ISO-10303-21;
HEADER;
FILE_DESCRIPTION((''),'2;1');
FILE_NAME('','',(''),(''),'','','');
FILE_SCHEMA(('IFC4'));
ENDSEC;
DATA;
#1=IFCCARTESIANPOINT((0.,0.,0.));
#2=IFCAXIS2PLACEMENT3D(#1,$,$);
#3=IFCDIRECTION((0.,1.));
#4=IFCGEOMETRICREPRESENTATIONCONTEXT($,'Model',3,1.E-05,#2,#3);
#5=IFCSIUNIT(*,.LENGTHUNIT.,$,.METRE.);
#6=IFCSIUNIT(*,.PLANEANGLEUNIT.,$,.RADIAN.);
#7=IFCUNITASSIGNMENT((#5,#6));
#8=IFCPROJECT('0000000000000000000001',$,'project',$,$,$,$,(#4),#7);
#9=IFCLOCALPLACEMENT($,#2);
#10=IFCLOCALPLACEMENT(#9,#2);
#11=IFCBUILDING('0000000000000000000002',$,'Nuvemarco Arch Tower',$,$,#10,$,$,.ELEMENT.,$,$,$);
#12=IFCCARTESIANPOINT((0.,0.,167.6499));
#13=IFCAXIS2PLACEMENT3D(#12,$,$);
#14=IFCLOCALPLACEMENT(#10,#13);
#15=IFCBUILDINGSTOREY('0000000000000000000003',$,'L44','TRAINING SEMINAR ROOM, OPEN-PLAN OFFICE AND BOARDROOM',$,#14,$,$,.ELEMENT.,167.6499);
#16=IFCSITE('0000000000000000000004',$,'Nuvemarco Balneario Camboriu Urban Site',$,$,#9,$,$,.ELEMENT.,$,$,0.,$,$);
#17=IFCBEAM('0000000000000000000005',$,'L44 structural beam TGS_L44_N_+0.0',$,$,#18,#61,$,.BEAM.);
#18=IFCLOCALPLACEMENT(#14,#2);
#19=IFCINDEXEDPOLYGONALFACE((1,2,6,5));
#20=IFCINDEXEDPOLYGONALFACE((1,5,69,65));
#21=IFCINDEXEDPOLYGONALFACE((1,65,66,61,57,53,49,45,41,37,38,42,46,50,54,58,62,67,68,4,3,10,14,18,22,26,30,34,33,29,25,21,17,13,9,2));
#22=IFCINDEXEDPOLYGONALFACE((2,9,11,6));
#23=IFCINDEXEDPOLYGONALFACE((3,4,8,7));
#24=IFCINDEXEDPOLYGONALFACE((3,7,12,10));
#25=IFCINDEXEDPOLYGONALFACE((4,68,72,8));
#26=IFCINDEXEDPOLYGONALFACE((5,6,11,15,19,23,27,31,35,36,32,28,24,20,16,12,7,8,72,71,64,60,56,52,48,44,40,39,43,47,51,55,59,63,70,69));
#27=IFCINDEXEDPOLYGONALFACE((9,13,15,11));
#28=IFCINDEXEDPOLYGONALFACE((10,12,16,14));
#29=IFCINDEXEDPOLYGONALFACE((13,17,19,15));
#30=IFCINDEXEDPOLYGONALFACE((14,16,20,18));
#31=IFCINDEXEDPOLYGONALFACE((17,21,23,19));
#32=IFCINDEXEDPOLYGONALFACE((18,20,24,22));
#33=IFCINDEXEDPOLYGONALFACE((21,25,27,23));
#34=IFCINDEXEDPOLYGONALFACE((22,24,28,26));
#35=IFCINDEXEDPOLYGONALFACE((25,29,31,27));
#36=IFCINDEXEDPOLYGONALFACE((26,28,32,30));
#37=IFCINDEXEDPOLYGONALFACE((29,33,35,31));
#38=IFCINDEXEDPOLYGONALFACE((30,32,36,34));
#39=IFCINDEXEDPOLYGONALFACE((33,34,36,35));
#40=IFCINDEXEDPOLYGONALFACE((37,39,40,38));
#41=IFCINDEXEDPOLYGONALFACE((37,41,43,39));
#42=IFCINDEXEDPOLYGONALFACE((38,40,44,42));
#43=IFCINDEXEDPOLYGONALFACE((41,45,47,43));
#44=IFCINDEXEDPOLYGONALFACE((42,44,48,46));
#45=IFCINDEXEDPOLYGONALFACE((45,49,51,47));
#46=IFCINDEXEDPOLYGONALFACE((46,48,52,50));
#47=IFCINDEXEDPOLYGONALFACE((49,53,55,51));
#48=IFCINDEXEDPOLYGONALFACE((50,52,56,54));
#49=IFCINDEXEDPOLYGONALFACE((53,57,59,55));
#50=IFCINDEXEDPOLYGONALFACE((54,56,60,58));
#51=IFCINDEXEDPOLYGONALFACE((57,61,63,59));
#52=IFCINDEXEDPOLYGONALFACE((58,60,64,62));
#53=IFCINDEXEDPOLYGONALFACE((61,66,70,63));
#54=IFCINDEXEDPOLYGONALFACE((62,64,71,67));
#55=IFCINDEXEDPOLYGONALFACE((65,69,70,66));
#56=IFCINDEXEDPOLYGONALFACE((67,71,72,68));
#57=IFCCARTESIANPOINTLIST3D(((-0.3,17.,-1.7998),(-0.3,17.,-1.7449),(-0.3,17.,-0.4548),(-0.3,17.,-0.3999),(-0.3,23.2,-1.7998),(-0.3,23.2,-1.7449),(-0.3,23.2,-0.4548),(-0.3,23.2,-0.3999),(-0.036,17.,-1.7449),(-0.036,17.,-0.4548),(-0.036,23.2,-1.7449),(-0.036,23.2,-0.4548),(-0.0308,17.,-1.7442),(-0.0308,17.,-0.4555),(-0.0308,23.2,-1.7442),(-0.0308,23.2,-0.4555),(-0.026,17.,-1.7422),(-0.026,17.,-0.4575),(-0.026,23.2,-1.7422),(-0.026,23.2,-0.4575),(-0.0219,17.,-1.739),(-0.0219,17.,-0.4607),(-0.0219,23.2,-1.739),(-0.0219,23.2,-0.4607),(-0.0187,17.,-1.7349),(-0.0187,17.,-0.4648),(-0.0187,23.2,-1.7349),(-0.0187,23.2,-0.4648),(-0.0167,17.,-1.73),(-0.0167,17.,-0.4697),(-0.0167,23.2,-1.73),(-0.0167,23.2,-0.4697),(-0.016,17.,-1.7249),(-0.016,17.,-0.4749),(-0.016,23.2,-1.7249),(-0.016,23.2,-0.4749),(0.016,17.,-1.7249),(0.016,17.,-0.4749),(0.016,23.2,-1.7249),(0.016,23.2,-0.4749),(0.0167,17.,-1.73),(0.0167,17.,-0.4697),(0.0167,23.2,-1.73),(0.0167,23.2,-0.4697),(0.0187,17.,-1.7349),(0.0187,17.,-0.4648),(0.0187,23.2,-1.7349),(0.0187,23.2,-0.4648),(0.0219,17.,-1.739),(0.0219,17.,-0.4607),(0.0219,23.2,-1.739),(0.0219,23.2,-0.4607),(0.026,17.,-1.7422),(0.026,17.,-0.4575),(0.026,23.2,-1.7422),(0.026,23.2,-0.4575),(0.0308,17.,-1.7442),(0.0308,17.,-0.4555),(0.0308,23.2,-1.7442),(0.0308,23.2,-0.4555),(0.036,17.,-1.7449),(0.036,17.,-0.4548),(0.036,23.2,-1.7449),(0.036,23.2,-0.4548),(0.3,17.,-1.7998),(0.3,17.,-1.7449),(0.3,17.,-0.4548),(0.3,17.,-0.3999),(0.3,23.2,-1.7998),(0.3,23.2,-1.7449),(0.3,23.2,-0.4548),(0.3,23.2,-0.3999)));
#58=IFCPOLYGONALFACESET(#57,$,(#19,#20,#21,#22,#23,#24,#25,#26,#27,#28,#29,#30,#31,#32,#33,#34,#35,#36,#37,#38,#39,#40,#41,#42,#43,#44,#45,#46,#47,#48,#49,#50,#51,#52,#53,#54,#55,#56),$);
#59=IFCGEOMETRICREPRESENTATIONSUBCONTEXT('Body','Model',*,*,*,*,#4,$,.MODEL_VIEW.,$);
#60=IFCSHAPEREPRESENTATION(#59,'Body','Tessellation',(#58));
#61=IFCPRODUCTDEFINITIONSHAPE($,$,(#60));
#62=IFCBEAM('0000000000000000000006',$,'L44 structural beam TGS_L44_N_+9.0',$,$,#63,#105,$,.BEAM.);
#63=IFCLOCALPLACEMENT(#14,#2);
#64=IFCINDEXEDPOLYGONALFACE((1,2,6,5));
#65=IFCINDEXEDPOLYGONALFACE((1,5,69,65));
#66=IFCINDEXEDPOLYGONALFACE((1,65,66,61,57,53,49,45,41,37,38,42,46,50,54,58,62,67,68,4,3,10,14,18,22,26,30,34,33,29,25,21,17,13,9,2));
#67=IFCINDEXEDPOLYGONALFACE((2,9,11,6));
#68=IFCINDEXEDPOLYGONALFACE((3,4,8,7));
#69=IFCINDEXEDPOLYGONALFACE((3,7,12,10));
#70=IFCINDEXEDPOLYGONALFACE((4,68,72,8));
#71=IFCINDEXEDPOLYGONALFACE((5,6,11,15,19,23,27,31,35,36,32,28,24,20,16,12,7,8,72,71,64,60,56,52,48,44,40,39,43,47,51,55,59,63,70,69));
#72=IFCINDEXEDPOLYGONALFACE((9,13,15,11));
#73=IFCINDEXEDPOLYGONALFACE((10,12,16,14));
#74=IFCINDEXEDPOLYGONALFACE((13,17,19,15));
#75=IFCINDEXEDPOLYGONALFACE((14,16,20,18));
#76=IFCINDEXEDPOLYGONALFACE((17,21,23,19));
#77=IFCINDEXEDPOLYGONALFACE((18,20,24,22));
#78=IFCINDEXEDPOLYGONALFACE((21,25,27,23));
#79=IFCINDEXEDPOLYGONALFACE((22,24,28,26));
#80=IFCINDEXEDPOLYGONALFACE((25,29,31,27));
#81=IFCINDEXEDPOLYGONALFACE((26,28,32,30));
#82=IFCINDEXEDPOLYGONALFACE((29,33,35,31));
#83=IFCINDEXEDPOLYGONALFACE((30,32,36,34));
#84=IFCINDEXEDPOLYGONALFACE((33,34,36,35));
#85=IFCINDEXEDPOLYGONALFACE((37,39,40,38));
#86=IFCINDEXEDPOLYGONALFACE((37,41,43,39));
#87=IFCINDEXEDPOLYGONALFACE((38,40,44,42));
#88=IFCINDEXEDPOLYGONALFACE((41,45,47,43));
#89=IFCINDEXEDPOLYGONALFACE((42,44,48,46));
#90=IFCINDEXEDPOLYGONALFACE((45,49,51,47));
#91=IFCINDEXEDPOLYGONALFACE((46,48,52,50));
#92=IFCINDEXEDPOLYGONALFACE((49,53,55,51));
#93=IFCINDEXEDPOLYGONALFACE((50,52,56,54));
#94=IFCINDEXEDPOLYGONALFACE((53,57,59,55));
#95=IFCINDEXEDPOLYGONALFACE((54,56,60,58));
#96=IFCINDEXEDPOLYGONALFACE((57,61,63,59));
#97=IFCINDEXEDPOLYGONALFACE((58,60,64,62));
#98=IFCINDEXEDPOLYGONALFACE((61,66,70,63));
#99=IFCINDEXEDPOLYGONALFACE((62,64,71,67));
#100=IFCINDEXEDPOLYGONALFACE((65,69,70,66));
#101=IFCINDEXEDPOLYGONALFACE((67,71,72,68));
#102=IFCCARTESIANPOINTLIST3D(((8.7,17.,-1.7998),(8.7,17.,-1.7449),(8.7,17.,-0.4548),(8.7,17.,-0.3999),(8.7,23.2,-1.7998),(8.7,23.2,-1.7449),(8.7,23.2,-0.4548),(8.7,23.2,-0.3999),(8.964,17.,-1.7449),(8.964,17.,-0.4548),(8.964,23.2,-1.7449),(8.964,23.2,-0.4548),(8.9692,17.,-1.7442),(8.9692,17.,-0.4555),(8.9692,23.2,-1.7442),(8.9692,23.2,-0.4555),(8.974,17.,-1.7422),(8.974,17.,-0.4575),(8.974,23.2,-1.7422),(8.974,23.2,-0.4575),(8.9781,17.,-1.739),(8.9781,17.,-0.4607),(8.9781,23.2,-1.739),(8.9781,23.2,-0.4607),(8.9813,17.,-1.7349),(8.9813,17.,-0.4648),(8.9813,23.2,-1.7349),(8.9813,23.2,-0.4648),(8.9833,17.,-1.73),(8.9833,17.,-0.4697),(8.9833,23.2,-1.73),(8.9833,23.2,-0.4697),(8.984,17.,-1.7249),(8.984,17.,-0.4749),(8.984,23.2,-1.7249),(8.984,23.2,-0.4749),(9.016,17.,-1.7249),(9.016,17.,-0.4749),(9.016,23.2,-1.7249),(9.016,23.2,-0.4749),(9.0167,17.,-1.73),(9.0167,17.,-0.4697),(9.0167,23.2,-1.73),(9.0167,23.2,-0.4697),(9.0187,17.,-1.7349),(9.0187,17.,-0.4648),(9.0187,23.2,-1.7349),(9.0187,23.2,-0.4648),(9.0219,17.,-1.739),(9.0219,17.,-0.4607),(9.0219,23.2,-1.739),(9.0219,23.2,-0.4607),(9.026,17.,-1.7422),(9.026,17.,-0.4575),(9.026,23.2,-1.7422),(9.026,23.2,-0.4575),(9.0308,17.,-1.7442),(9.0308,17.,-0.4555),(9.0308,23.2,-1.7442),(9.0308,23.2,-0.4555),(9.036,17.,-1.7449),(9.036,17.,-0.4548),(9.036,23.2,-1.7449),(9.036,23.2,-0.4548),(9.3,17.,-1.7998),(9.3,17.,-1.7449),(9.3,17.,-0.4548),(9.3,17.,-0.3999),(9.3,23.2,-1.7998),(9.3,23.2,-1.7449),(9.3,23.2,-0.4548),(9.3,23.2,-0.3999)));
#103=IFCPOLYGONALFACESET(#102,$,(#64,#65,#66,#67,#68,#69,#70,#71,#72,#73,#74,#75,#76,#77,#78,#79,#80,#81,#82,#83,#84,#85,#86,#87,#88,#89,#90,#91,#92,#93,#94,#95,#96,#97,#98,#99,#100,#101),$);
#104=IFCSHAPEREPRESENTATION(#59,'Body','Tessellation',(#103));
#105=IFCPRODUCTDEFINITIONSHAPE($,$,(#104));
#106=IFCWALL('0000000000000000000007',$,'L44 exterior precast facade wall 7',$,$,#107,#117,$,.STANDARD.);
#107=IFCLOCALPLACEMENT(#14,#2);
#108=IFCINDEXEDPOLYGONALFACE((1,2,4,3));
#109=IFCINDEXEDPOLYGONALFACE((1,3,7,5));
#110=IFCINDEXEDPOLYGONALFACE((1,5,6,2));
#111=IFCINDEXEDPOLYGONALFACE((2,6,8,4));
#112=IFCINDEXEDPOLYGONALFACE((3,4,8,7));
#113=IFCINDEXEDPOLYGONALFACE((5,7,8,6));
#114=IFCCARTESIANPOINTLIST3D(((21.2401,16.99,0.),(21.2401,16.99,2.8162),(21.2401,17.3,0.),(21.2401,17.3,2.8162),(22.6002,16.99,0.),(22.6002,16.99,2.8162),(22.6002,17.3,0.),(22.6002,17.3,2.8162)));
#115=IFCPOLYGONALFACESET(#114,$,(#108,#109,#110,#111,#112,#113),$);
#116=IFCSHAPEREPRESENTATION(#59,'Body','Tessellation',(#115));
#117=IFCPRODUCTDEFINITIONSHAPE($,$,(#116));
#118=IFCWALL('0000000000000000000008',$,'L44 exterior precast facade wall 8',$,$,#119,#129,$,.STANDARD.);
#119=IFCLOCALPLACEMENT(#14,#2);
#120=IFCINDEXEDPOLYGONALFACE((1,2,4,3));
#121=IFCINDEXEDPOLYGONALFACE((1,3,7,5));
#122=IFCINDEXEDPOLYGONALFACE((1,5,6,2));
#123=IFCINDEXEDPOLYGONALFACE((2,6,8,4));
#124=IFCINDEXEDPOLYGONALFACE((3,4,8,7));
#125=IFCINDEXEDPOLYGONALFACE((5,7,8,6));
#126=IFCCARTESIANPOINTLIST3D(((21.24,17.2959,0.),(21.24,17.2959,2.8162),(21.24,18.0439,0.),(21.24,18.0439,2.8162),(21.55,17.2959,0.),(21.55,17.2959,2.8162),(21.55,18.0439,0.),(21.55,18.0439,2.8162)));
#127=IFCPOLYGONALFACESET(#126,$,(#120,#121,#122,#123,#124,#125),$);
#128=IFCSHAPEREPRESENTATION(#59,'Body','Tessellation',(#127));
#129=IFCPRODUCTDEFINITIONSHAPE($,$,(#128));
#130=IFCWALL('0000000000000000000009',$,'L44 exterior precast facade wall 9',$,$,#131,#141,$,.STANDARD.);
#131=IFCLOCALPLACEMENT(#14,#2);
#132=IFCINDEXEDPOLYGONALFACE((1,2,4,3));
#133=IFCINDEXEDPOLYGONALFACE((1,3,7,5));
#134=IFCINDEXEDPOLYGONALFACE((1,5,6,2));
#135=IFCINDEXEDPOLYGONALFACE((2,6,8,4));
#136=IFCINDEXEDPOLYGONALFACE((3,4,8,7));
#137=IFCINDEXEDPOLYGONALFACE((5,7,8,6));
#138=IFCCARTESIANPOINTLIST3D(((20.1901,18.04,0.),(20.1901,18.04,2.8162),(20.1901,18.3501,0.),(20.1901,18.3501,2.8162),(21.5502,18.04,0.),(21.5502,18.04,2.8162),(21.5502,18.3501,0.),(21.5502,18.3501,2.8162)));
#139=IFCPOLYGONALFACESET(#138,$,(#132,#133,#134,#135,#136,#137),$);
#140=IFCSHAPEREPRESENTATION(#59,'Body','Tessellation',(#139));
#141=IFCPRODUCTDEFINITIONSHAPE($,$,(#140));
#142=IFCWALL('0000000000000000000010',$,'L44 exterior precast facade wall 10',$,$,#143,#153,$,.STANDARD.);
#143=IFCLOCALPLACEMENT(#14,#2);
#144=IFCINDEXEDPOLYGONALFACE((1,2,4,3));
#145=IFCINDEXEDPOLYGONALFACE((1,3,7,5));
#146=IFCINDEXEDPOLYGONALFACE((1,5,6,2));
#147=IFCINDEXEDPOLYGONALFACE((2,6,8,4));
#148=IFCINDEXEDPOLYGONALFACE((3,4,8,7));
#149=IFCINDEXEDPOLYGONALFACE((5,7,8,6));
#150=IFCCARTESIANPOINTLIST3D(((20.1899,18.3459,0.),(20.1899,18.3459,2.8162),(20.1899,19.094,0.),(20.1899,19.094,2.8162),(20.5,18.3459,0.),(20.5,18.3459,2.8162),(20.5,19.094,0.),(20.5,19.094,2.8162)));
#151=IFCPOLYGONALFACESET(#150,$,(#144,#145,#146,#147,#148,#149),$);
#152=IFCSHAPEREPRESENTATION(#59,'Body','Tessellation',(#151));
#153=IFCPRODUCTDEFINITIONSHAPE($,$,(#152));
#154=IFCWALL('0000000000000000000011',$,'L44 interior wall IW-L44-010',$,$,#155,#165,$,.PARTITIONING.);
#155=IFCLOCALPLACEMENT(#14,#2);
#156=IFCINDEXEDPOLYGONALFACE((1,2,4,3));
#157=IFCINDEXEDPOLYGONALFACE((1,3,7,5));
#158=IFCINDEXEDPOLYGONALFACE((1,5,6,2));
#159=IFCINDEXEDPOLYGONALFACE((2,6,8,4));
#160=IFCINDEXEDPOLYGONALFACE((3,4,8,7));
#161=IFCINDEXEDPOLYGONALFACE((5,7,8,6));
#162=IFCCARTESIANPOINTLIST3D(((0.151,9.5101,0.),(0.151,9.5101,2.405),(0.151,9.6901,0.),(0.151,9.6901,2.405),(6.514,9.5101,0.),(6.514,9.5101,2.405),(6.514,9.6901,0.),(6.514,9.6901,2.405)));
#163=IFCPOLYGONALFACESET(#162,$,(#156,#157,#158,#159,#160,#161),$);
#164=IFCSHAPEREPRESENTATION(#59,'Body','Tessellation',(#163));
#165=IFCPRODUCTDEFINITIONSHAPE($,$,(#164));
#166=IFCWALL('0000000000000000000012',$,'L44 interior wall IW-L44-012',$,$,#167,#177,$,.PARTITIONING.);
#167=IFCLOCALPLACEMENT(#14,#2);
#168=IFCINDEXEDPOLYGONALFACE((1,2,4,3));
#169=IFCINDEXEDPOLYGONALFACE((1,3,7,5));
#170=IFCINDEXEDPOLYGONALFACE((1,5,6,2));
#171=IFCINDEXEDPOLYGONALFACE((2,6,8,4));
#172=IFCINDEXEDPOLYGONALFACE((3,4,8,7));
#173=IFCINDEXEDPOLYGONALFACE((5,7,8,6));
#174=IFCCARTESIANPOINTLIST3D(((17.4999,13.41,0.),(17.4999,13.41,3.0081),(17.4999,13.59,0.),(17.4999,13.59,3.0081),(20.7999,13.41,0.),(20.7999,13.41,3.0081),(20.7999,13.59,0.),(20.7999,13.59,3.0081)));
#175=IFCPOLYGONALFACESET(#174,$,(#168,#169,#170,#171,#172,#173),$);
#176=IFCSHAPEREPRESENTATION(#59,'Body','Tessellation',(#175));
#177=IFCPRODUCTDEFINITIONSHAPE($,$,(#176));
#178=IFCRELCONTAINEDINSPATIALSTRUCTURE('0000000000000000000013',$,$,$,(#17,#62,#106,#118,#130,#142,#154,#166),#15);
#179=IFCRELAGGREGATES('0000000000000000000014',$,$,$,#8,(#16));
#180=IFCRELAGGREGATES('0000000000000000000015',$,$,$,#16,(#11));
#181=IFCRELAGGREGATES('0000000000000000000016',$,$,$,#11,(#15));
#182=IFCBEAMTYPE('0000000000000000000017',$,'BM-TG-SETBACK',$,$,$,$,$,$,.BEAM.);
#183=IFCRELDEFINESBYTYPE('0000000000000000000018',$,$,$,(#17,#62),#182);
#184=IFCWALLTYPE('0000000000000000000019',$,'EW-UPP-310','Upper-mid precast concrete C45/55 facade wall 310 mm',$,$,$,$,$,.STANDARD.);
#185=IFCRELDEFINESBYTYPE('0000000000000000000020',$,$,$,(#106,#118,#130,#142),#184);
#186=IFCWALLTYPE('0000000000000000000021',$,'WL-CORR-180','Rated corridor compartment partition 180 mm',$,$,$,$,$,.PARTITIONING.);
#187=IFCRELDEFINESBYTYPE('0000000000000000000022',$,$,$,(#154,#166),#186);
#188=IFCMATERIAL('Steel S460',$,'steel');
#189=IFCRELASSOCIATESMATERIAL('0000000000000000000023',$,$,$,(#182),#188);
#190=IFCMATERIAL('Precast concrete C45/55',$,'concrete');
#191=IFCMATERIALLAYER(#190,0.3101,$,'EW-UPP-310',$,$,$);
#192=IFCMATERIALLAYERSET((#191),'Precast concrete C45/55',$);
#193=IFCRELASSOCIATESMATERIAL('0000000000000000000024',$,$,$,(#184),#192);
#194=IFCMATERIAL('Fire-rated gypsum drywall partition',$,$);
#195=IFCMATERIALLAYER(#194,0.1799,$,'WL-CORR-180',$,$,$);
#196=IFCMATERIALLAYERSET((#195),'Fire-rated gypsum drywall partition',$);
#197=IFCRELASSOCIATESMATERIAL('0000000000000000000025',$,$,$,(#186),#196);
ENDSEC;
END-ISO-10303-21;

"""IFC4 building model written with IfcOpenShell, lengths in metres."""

from ifc_helpers import new_model, si_unit, direction, frame, frame_2d, origin, origin_2d, place, context, subcontext, project, spatial, rectangle, i_section, extrude, material, layer, layer_set, material_profile, profile_set, type_object, element, save


model = new_model("IFC4")

# Units and contexts
model_context = context("Model", 3, precision=1e-05, world=origin(), true_north=direction((0.0, 1.0)))
body_context = subcontext(model_context, "Body", "Model", "MODEL_VIEW")
ifc_project = project(units=[si_unit("LENGTHUNIT", "METRE"), si_unit("PLANEANGLEUNIT", "RADIAN")], contexts=[model_context])

# Site, building, storey
site_placement = place(None, origin())
site = spatial("IfcSite", under=ifc_project, at=site_placement, Name="Nuvemarco Balneario Camboriu Urban Site", CompositionType="ELEMENT", RefElevation=0.0)
building_placement = place(site_placement, origin())
building = spatial("IfcBuilding", under=site, at=building_placement, Name="Nuvemarco Arch Tower", CompositionType="ELEMENT")
storey_placement = place(building_placement, frame((0.0, 0.0, 167.6499)))
storey = spatial("IfcBuildingStorey", under=building, at=storey_placement, Name="L44", Description="TRAINING SEMINAR ROOM, OPEN-PLAN OFFICE AND BOARDROOM", CompositionType="ELEMENT", Elevation=167.6499)

# Beams
ifc_material_1 = material(Name="Precast concrete C45/55", Category="concrete")
ifc_material_2 = material(Name="Steel S460", Category="steel")
ifc_material_profile_1 = material_profile(ifc_material_2, i_section(OverallWidth=0.6001, OverallDepth=1.3999, WebThickness=0.032, FlangeThickness=0.0549, FilletRadius=0.02, at=origin_2d()), Name="PG1400x600")
ifc_profile_set_1 = profile_set([ifc_material_profile_1], Name="Steel S460")
beam_type_1 = type_object("IfcBeamType", Name="BM-TG-SETBACK", PredefinedType="BEAM", material=ifc_profile_set_1)
for number, where, z_axis, x_axis, name in (
    (1, (0.0, 17.0, -1.0999), (0.0, 1.0, 0.0), (-1.0, 0.0, 0.0), "L44 structural beam TGS_L44_N_+0.0"),
    (2, (9.0, 17.0, -1.0999), (0.0, 1.0, 0.0), (-1.0, 0.0, 0.0), "L44 structural beam TGS_L44_N_+9.0"),
):
    element("IfcBeam", number, at=place(storey_placement, frame(where, z_axis=z_axis, x_axis=x_axis)), inside=storey, type_object=beam_type_1, Name=name, PredefinedType="BEAM", context=body_context, shape_type="SweptSolid", body=[
        extrude(i_section(OverallWidth=0.6001, OverallDepth=1.3999, WebThickness=0.032, FlangeThickness=0.0549, FilletRadius=0.02, at=origin_2d()), origin(), (0.0, 0.0, 1.0), 6.2),
    ])

# Walls
ifc_layer_1 = layer(ifc_material_1, 0.3101, Name="EW-UPP-310")
ifc_layer_set_1 = layer_set([ifc_layer_1], Name="Precast concrete C45/55")
wall_type_1 = type_object("IfcWallType", Name="EW-UPP-310", Description="Upper-mid precast concrete C45/55 facade wall 310 mm", PredefinedType="STANDARD", material=ifc_layer_set_1)
wall_1_placement = place(storey_placement, frame((21.24, 17.145, 0.0), z_axis=(0.0, 0.0, 1.0), x_axis=(1.0, 0.0, 0.0)))
element("IfcWall", 3, at=wall_1_placement, inside=storey, type_object=wall_type_1, Name="L44 exterior precast facade wall 7", PredefinedType="STANDARD", context=body_context, shape_type="SweptSolid", body=[
    extrude(rectangle(XDim=1.3601, YDim=0.3101, at=frame_2d((0.6802, 0.0))), origin(), (0.0, 0.0, 1.0), 2.8162),
])
wall_2_placement = place(storey_placement, frame((21.395, 17.2959, 0.0), z_axis=(0.0, 0.0, 1.0), x_axis=(0.0, 1.0, 0.0)))
element("IfcWall", 4, at=wall_2_placement, inside=storey, type_object=wall_type_1, Name="L44 exterior precast facade wall 8", PredefinedType="STANDARD", context=body_context, shape_type="SweptSolid", body=[
    extrude(rectangle(XDim=0.748, YDim=0.3101, at=frame_2d((0.374, 0.0))), origin(), (0.0, 0.0, 1.0), 2.8162),
])
wall_3_placement = place(storey_placement, frame((20.1899, 18.1951, 0.0), z_axis=(0.0, 0.0, 1.0), x_axis=(1.0, 0.0, 0.0)))
element("IfcWall", 5, at=wall_3_placement, inside=storey, type_object=wall_type_1, Name="L44 exterior precast facade wall 9", PredefinedType="STANDARD", context=body_context, shape_type="SweptSolid", body=[
    extrude(rectangle(XDim=1.3601, YDim=0.3101, at=frame_2d((0.6802, 0.0))), origin(), (0.0, 0.0, 1.0), 2.8162),
])
wall_4_placement = place(storey_placement, frame((20.345, 18.3459, 0.0), z_axis=(0.0, 0.0, 1.0), x_axis=(0.0, 1.0, 0.0)))
element("IfcWall", 6, at=wall_4_placement, inside=storey, type_object=wall_type_1, Name="L44 exterior precast facade wall 10", PredefinedType="STANDARD", context=body_context, shape_type="SweptSolid", body=[
    extrude(rectangle(XDim=0.748, YDim=0.3101, at=frame_2d((0.374, 0.0))), origin(), (0.0, 0.0, 1.0), 2.8162),
])
ifc_material_3 = material(Name="Fire-rated gypsum drywall partition")
ifc_layer_2 = layer(ifc_material_3, 0.1799, Name="WL-CORR-180")
ifc_layer_set_2 = layer_set([ifc_layer_2], Name="Fire-rated gypsum drywall partition")
wall_type_2 = type_object("IfcWallType", Name="WL-CORR-180", Description="Rated corridor compartment partition 180 mm", PredefinedType="PARTITIONING", material=ifc_layer_set_2)
wall_5_placement = place(storey_placement, frame((0.1509, 9.6001, 0.0), z_axis=(0.0, 0.0, 1.0), x_axis=(1.0, 0.0, 0.0)))
element("IfcWall", 7, at=wall_5_placement, inside=storey, type_object=wall_type_2, Name="L44 interior wall IW-L44-010", PredefinedType="PARTITIONING", context=body_context, shape_type="SweptSolid", body=[
    extrude(rectangle(XDim=6.363, YDim=0.1799, at=frame_2d((3.1816, 0.0))), origin(), (0.0, 0.0, 1.0), 2.405),
])
wall_6_placement = place(storey_placement, frame((17.5, 13.5, 0.0), z_axis=(0.0, 0.0, 1.0), x_axis=(1.0, 0.0, 0.0)))
element("IfcWall", 8, at=wall_6_placement, inside=storey, type_object=wall_type_2, Name="L44 interior wall IW-L44-012", PredefinedType="PARTITIONING", context=body_context, shape_type="SweptSolid", body=[
    extrude(rectangle(XDim=3.3, YDim=0.1799, at=frame_2d((1.6499, 0.0))), origin(), (0.0, 0.0, 1.0), 3.0081),
])

save(model, "model.ifc")
